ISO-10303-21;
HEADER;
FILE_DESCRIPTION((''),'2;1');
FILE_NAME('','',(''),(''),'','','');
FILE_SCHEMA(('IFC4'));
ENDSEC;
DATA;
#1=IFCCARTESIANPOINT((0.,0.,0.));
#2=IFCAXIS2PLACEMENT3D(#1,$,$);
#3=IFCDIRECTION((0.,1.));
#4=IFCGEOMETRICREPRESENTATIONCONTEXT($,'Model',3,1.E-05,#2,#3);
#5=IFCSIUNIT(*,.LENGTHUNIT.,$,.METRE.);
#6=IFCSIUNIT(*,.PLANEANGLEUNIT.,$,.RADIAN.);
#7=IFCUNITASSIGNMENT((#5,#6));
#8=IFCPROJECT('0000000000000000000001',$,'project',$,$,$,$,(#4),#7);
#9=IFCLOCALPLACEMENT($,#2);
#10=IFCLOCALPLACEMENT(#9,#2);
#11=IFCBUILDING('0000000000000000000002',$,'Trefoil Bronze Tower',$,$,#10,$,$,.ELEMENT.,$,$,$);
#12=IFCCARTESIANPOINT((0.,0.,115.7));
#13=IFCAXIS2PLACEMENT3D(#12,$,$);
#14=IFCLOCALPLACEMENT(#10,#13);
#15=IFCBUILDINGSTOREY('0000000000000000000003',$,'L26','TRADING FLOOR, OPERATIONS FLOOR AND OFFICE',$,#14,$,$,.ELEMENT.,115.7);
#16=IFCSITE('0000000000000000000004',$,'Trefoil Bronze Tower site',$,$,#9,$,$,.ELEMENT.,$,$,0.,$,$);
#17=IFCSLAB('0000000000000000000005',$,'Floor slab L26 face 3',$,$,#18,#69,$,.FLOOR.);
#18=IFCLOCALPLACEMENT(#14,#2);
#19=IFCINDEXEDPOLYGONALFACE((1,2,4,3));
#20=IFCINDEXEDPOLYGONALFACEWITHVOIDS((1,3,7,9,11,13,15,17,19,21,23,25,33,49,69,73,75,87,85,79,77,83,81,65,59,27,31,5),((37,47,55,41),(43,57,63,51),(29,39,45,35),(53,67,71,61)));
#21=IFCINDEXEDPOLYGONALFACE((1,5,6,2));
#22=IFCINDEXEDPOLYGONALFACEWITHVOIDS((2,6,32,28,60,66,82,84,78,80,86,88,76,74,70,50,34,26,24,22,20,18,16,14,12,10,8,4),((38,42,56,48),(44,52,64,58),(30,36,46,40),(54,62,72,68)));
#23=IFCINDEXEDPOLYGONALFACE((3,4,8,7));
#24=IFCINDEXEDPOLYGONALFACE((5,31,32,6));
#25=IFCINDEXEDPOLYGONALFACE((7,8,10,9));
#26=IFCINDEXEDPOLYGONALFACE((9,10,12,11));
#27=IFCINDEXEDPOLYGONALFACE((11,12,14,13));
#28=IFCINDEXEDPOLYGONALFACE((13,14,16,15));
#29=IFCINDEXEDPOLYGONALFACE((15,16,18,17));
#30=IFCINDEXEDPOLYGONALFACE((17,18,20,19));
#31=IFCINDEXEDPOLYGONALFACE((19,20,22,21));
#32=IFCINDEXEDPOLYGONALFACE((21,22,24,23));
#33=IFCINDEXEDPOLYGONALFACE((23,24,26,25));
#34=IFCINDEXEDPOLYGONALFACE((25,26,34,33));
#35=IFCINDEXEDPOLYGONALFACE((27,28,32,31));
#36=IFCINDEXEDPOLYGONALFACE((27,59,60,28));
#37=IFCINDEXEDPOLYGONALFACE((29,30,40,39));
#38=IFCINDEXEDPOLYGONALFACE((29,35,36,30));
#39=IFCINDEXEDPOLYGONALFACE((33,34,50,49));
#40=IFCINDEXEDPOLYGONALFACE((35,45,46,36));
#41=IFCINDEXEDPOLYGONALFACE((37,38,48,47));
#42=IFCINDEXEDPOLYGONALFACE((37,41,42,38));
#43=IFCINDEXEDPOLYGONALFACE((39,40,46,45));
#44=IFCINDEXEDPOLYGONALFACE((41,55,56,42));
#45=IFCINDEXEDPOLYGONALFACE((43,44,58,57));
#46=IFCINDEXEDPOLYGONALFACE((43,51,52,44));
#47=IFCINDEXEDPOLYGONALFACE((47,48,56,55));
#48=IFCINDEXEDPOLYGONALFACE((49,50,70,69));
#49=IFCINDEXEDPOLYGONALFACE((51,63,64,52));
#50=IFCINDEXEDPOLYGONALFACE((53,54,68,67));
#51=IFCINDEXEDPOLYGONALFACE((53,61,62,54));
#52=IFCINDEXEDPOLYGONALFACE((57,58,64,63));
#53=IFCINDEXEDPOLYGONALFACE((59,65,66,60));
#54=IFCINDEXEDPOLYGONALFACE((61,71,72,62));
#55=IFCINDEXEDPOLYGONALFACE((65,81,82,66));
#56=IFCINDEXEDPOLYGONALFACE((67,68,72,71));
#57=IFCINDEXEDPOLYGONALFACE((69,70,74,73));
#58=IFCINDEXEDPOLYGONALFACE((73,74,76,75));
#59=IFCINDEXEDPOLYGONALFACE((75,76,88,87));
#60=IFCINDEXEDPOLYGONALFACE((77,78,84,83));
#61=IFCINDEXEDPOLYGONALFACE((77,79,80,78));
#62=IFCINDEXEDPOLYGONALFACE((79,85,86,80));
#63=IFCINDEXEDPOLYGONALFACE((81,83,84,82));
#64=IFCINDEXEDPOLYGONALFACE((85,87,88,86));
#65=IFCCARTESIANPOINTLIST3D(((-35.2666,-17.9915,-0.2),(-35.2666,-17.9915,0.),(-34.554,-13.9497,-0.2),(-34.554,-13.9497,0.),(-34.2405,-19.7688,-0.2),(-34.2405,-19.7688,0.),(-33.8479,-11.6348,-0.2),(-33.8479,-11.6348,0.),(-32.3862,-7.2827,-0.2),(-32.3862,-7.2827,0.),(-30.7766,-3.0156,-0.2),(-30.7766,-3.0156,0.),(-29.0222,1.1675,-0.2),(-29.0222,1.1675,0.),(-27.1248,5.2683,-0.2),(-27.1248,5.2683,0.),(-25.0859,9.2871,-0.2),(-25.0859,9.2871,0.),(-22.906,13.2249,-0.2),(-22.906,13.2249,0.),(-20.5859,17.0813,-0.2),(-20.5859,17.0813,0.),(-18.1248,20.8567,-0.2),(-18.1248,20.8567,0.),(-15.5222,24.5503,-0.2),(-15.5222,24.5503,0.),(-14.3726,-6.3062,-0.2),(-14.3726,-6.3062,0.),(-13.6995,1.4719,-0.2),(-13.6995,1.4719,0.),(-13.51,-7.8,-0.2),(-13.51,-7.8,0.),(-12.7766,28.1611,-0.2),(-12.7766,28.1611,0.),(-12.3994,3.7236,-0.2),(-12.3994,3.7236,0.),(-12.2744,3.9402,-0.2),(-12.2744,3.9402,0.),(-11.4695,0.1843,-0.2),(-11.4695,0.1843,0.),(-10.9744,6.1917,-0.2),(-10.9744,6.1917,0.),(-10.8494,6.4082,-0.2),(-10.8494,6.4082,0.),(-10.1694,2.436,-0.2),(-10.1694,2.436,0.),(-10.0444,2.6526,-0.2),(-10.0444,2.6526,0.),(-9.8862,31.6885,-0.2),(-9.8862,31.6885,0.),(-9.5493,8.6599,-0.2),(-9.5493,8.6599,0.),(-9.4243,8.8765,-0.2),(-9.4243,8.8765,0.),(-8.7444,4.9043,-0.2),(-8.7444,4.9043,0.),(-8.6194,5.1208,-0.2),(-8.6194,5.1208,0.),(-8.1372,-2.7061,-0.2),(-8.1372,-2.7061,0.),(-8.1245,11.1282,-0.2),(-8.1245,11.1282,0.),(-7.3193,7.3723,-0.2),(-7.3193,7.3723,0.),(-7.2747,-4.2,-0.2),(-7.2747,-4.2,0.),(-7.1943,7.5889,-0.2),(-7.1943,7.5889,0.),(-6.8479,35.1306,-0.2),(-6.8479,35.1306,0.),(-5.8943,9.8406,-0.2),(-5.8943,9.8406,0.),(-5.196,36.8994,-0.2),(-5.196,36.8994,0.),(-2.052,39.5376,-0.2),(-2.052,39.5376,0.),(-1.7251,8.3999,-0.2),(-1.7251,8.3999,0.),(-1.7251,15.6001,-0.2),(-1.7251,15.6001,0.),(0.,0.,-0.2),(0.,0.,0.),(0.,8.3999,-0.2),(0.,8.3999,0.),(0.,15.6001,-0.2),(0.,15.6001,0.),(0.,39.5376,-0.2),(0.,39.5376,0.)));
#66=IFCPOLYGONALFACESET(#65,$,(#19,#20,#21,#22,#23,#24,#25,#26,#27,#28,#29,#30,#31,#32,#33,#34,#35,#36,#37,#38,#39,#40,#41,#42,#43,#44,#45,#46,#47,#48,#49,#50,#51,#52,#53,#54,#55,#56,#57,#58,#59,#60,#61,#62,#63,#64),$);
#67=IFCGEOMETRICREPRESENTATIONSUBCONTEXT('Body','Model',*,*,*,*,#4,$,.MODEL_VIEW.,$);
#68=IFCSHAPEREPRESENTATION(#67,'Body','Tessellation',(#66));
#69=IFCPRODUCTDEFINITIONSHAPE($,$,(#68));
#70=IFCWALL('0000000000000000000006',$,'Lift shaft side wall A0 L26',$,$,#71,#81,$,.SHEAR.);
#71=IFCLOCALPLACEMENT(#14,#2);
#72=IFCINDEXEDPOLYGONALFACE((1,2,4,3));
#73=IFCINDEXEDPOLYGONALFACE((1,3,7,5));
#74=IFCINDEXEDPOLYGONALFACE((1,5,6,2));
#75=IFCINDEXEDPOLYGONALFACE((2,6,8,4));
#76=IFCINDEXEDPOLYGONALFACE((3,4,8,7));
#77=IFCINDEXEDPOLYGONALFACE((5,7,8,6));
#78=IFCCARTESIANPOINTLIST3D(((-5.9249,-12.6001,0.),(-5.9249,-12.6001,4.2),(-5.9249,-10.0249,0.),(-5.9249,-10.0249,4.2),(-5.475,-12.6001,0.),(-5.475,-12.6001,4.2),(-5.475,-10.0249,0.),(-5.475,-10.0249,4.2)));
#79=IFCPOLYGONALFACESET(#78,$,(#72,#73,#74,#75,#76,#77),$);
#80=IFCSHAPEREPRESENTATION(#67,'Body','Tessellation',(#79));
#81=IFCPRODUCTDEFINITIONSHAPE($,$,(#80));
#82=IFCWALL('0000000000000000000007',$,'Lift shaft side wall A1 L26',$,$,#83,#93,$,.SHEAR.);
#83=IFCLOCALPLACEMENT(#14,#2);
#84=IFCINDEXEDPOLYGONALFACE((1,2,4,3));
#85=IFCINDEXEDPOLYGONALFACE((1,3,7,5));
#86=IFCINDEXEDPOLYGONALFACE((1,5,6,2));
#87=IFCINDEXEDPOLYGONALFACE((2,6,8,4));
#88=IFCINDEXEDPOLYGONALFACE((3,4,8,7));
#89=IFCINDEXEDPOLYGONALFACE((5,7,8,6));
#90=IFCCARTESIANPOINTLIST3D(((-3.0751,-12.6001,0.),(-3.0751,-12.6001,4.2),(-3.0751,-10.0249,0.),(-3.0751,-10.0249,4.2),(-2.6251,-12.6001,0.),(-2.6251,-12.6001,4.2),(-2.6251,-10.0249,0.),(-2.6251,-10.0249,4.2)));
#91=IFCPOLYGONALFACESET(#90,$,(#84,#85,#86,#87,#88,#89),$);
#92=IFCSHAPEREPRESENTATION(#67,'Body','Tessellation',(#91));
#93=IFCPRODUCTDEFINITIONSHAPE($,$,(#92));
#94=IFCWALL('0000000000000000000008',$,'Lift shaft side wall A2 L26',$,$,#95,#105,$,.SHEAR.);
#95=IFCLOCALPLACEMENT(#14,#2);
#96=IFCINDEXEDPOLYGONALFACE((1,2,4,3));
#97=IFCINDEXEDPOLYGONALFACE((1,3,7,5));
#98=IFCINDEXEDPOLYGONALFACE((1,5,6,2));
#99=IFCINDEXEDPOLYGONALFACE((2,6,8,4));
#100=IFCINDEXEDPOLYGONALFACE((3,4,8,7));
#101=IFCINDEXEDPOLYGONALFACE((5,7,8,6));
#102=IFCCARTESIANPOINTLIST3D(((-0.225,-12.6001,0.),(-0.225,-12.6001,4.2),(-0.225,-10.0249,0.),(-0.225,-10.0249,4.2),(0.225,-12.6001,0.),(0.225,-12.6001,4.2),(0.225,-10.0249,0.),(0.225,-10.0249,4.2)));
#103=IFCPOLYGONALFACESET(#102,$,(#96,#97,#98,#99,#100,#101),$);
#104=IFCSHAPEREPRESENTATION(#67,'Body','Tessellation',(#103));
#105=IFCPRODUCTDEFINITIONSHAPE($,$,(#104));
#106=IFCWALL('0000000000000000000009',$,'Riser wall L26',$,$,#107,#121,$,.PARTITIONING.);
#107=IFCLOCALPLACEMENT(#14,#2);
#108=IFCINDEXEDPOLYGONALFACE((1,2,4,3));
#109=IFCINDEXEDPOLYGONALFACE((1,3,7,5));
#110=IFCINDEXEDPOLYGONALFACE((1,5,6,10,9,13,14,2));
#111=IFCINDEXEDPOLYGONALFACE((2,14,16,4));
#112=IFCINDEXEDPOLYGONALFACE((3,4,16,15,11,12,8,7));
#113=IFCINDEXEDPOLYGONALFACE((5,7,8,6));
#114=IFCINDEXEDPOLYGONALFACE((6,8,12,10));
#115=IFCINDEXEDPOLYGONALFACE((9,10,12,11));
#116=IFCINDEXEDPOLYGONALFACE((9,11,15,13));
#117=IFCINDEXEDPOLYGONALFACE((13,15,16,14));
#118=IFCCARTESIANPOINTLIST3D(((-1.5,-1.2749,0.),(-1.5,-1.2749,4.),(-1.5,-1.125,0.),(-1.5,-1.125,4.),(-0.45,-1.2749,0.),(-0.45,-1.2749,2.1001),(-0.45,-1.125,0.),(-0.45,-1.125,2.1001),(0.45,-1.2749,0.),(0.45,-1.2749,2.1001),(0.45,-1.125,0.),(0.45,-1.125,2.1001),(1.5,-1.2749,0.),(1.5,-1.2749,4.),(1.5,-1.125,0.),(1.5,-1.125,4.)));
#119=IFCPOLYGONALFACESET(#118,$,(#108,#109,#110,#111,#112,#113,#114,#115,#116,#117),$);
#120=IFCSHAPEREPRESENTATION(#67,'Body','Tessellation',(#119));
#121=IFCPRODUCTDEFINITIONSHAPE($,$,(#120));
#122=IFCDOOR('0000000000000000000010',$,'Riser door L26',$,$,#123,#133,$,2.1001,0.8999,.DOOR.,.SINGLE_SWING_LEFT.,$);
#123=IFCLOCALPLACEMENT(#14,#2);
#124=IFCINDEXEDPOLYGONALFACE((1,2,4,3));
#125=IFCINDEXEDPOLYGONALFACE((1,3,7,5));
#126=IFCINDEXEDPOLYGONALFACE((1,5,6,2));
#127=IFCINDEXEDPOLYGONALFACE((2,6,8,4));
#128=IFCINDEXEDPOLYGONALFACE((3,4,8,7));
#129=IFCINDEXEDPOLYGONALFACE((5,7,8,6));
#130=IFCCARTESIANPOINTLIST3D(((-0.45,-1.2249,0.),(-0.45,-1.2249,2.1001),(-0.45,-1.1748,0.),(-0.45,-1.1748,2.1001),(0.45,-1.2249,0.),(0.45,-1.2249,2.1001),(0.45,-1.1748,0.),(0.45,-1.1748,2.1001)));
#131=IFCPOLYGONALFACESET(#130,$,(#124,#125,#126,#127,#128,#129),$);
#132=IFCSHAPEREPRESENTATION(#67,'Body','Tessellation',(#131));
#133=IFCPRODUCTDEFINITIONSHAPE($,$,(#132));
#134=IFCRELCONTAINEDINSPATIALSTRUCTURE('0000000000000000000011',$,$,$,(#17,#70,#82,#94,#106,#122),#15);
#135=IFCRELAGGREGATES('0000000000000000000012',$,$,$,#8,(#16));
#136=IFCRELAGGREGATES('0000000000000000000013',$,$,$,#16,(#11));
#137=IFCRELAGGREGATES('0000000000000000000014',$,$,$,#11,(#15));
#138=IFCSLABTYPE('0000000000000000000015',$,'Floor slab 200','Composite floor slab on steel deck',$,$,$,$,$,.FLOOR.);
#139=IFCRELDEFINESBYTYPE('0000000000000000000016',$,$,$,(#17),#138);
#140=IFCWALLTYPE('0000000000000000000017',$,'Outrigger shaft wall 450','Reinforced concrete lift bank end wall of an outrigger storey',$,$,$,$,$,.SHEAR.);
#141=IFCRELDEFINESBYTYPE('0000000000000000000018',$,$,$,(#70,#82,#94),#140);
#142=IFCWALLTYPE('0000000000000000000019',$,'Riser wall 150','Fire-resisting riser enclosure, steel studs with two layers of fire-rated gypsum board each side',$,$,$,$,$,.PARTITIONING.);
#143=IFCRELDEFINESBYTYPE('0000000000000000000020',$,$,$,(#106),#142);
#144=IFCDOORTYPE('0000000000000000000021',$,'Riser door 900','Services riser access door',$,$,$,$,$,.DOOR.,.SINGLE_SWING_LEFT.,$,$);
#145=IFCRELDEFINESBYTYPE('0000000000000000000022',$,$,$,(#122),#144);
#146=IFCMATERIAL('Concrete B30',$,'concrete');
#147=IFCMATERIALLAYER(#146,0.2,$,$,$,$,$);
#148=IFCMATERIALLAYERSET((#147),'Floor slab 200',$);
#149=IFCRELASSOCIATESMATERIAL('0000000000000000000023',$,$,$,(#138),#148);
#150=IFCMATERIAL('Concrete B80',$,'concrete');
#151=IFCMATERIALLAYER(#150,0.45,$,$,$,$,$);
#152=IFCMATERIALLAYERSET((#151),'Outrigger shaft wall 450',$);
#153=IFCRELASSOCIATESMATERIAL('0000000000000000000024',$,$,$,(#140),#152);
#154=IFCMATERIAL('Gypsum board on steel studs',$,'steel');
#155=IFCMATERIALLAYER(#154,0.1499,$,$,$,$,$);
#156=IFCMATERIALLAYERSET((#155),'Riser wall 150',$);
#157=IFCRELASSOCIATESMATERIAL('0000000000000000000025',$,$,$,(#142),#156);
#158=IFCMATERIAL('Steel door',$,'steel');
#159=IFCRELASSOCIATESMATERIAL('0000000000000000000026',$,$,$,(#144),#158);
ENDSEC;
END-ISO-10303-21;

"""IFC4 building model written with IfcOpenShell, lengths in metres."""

from ifc_helpers import new_model, si_unit, direction, frame, frame_2d, origin, place, context, subcontext, project, spatial, polyline, rectangle, outline, extrude, material, layer, layer_set, type_object, element, fill, save


model = new_model("IFC4")

# Units and contexts
model_context = context("Model", 3, precision=1e-05, world=origin(), true_north=direction((0.0, 1.0)))
body_context = subcontext(model_context, "Body", "Model", "MODEL_VIEW")
ifc_project = project(units=[si_unit("LENGTHUNIT", "METRE"), si_unit("PLANEANGLEUNIT", "RADIAN")], contexts=[model_context])

# Site, building, storey
site_placement = place(None, origin())
site = spatial("IfcSite", under=ifc_project, at=site_placement, Name="Trefoil Bronze Tower site", CompositionType="ELEMENT", RefElevation=0.0)
building_placement = place(site_placement, origin())
building = spatial("IfcBuilding", under=site, at=building_placement, Name="Trefoil Bronze Tower", CompositionType="ELEMENT")
storey_placement = place(building_placement, frame((0.0, 0.0, 115.7)))
storey = spatial("IfcBuildingStorey", under=building, at=storey_placement, Name="L26", Description="TRADING FLOOR, OPERATIONS FLOOR AND OFFICE", CompositionType="ELEMENT", Elevation=115.7)

# Slab
ifc_material_1 = material(Name="Concrete B30", Category="concrete")
ifc_layer_1 = layer(ifc_material_1, 0.2)
ifc_layer_set_1 = layer_set([ifc_layer_1], Name="Floor slab 200")
slab_type = type_object("IfcSlabType", Name="Floor slab 200", Description="Composite floor slab on steel deck", PredefinedType="FLOOR", material=ifc_layer_set_1)
slab_1_placement = place(storey_placement, frame((0.0, 0.0, -0.2)))
element("IfcSlab", 1, at=slab_1_placement, inside=storey, type_object=slab_type, Name="Floor slab L26 face 3", PredefinedType="FLOOR", context=body_context, shape_type="SweptSolid", body=[
    extrude(outline(polyline([(-32.3862, -7.2827), (-30.7766, -3.0156), (-29.0222, 1.1675), (-27.1248, 5.2683), (-25.0859, 9.2871), (-22.906, 13.2249), (-20.5859, 17.0813), (-18.1248, 20.8567), (-15.5222, 24.5503), (-12.7766, 28.1611), (-9.8862, 31.6885), (-6.8479, 35.1306), (-5.196, 36.8994), (-2.052, 39.5376), (0.0, 39.5376), (0.0, 15.6001), (-1.7251, 15.6001), (-1.7251, 8.3999), (0.0, 8.3999), (0.0, 0.0), (-7.2747, -4.2), (-8.1372, -2.7061), (-14.3726, -6.3062), (-13.51, -7.8), (-34.2405, -19.7688), (-35.2666, -17.9915), (-34.554, -13.9497), (-33.8479, -11.6348), (-32.3862, -7.2827)]), holes=[polyline([(-5.8943, 9.8406), (-7.1943, 7.5889), (-9.4243, 8.8765), (-8.1245, 11.1282), (-5.8943, 9.8406)]), polyline([(-7.3193, 7.3723), (-8.6194, 5.1208), (-10.8494, 6.4082), (-9.5493, 8.6599), (-7.3193, 7.3723)]), polyline([(-8.7444, 4.9043), (-10.0444, 2.6526), (-12.2744, 3.9402), (-10.9744, 6.1917), (-8.7444, 4.9043)]), polyline([(-10.1694, 2.436), (-11.4695, 0.1843), (-13.6995, 1.4719), (-12.3994, 3.7236), (-10.1694, 2.436)])]), origin(), (0.0, 0.0, 1.0), 0.2),
])

# Walls
ifc_material_2 = material(Name="Concrete B80", Category="concrete")
ifc_layer_2 = layer(ifc_material_2, 0.45)
ifc_layer_set_2 = layer_set([ifc_layer_2], Name="Outrigger shaft wall 450")
wall_type_1 = type_object("IfcWallType", Name="Outrigger shaft wall 450", Description="Reinforced concrete lift bank end wall of an outrigger storey", PredefinedType="SHEAR", material=ifc_layer_set_2)
for number, where, z_axis, x_axis, name in (
    (2, (-5.7, -10.0249, 0.0), (0.0, 0.0, 1.0), (0.0, -1.0, 0.0), "Lift shaft side wall A0 L26"),
    (3, (-2.8501, -10.0249, 0.0), (0.0, 0.0, 1.0), (0.0, -1.0, 0.0), "Lift shaft side wall A1 L26"),
    (4, (0.0, -10.0249, 0.0), (0.0, 0.0, 1.0), (0.0, -1.0, 0.0), "Lift shaft side wall A2 L26"),
):
    element("IfcWall", number, at=place(storey_placement, frame(where, z_axis=z_axis, x_axis=x_axis)), inside=storey, type_object=wall_type_1, Name=name, PredefinedType="SHEAR", context=body_context, shape_type="SweptSolid", body=[
        extrude(rectangle(XDim=2.5752, YDim=0.45, at=frame_2d((1.2876, 0.0))), origin(), (0.0, 0.0, 1.0), 4.2),
    ])

# Wall, opening, door
ifc_material_3 = material(Name="Gypsum board on steel studs", Category="steel")
ifc_layer_3 = layer(ifc_material_3, 0.1499)
ifc_layer_set_3 = layer_set([ifc_layer_3], Name="Riser wall 150")
wall_type_2 = type_object("IfcWallType", Name="Riser wall 150", Description="Fire-resisting riser enclosure, steel studs with two layers of fire-rated gypsum board each side", PredefinedType="PARTITIONING", material=ifc_layer_set_3)
wall_1_placement = place(storey_placement, frame((-1.5, -1.2, 0.0), z_axis=(0.0, 0.0, 1.0), x_axis=(1.0, 0.0, 0.0)))
wall_1 = element("IfcWall", 5, at=wall_1_placement, inside=storey, type_object=wall_type_2, Name="Riser wall L26", PredefinedType="PARTITIONING", context=body_context, shape_type="SweptSolid", body=[
    extrude(rectangle(XDim=3.0, YDim=0.1499, at=frame_2d((1.5, 0.0))), origin(), (0.0, 0.0, 1.0), 4.0),
])
opening_1_placement = place(wall_1_placement, frame((1.05, 0.0, 0.0)))
opening_1 = element("IfcOpeningElement", 6, at=opening_1_placement, cuts=wall_1, PredefinedType="OPENING", context=body_context, shape_type="SweptSolid", body=[
    extrude(rectangle(XDim=0.8999, YDim=2.1001, at=frame_2d((0.45, 1.05))), frame((0.0, 0.085, 0.0), z_axis=(0.0, -1.0, 0.0), x_axis=(1.0, 0.0, 0.0)), (0.0, 0.0, 1.0), 0.1699),
])
ifc_material_4 = material(Name="Steel door", Category="steel")
door_type_1 = type_object("IfcDoorType", Name="Riser door 900", Description="Services riser access door", OperationType="SINGLE_SWING_LEFT", PredefinedType="DOOR", material=ifc_material_4)
door_1_placement = place(opening_1_placement, frame((0.8999, 0.0, 0.0), z_axis=(0.0, 0.0, 1.0), x_axis=(-1.0, 0.0, 0.0)))
door_1 = element("IfcDoor", 7, at=door_1_placement, inside=storey, type_object=door_type_1, Name="Riser door L26", OperationType="SINGLE_SWING_LEFT", OverallHeight=2.1001, OverallWidth=0.8999, PredefinedType="DOOR", context=body_context, shape_type="SweptSolid", body=[
    extrude(rectangle(XDim=0.8999, YDim=2.1001, at=frame_2d((0.45, 1.05))), frame((0.0, 0.0249, 0.0), z_axis=(0.0, -1.0, 0.0), x_axis=(1.0, 0.0, 0.0)), (0.0, 0.0, 1.0), 0.05),
])
fill(opening_1, door_1)

save(model, "model.ifc")
